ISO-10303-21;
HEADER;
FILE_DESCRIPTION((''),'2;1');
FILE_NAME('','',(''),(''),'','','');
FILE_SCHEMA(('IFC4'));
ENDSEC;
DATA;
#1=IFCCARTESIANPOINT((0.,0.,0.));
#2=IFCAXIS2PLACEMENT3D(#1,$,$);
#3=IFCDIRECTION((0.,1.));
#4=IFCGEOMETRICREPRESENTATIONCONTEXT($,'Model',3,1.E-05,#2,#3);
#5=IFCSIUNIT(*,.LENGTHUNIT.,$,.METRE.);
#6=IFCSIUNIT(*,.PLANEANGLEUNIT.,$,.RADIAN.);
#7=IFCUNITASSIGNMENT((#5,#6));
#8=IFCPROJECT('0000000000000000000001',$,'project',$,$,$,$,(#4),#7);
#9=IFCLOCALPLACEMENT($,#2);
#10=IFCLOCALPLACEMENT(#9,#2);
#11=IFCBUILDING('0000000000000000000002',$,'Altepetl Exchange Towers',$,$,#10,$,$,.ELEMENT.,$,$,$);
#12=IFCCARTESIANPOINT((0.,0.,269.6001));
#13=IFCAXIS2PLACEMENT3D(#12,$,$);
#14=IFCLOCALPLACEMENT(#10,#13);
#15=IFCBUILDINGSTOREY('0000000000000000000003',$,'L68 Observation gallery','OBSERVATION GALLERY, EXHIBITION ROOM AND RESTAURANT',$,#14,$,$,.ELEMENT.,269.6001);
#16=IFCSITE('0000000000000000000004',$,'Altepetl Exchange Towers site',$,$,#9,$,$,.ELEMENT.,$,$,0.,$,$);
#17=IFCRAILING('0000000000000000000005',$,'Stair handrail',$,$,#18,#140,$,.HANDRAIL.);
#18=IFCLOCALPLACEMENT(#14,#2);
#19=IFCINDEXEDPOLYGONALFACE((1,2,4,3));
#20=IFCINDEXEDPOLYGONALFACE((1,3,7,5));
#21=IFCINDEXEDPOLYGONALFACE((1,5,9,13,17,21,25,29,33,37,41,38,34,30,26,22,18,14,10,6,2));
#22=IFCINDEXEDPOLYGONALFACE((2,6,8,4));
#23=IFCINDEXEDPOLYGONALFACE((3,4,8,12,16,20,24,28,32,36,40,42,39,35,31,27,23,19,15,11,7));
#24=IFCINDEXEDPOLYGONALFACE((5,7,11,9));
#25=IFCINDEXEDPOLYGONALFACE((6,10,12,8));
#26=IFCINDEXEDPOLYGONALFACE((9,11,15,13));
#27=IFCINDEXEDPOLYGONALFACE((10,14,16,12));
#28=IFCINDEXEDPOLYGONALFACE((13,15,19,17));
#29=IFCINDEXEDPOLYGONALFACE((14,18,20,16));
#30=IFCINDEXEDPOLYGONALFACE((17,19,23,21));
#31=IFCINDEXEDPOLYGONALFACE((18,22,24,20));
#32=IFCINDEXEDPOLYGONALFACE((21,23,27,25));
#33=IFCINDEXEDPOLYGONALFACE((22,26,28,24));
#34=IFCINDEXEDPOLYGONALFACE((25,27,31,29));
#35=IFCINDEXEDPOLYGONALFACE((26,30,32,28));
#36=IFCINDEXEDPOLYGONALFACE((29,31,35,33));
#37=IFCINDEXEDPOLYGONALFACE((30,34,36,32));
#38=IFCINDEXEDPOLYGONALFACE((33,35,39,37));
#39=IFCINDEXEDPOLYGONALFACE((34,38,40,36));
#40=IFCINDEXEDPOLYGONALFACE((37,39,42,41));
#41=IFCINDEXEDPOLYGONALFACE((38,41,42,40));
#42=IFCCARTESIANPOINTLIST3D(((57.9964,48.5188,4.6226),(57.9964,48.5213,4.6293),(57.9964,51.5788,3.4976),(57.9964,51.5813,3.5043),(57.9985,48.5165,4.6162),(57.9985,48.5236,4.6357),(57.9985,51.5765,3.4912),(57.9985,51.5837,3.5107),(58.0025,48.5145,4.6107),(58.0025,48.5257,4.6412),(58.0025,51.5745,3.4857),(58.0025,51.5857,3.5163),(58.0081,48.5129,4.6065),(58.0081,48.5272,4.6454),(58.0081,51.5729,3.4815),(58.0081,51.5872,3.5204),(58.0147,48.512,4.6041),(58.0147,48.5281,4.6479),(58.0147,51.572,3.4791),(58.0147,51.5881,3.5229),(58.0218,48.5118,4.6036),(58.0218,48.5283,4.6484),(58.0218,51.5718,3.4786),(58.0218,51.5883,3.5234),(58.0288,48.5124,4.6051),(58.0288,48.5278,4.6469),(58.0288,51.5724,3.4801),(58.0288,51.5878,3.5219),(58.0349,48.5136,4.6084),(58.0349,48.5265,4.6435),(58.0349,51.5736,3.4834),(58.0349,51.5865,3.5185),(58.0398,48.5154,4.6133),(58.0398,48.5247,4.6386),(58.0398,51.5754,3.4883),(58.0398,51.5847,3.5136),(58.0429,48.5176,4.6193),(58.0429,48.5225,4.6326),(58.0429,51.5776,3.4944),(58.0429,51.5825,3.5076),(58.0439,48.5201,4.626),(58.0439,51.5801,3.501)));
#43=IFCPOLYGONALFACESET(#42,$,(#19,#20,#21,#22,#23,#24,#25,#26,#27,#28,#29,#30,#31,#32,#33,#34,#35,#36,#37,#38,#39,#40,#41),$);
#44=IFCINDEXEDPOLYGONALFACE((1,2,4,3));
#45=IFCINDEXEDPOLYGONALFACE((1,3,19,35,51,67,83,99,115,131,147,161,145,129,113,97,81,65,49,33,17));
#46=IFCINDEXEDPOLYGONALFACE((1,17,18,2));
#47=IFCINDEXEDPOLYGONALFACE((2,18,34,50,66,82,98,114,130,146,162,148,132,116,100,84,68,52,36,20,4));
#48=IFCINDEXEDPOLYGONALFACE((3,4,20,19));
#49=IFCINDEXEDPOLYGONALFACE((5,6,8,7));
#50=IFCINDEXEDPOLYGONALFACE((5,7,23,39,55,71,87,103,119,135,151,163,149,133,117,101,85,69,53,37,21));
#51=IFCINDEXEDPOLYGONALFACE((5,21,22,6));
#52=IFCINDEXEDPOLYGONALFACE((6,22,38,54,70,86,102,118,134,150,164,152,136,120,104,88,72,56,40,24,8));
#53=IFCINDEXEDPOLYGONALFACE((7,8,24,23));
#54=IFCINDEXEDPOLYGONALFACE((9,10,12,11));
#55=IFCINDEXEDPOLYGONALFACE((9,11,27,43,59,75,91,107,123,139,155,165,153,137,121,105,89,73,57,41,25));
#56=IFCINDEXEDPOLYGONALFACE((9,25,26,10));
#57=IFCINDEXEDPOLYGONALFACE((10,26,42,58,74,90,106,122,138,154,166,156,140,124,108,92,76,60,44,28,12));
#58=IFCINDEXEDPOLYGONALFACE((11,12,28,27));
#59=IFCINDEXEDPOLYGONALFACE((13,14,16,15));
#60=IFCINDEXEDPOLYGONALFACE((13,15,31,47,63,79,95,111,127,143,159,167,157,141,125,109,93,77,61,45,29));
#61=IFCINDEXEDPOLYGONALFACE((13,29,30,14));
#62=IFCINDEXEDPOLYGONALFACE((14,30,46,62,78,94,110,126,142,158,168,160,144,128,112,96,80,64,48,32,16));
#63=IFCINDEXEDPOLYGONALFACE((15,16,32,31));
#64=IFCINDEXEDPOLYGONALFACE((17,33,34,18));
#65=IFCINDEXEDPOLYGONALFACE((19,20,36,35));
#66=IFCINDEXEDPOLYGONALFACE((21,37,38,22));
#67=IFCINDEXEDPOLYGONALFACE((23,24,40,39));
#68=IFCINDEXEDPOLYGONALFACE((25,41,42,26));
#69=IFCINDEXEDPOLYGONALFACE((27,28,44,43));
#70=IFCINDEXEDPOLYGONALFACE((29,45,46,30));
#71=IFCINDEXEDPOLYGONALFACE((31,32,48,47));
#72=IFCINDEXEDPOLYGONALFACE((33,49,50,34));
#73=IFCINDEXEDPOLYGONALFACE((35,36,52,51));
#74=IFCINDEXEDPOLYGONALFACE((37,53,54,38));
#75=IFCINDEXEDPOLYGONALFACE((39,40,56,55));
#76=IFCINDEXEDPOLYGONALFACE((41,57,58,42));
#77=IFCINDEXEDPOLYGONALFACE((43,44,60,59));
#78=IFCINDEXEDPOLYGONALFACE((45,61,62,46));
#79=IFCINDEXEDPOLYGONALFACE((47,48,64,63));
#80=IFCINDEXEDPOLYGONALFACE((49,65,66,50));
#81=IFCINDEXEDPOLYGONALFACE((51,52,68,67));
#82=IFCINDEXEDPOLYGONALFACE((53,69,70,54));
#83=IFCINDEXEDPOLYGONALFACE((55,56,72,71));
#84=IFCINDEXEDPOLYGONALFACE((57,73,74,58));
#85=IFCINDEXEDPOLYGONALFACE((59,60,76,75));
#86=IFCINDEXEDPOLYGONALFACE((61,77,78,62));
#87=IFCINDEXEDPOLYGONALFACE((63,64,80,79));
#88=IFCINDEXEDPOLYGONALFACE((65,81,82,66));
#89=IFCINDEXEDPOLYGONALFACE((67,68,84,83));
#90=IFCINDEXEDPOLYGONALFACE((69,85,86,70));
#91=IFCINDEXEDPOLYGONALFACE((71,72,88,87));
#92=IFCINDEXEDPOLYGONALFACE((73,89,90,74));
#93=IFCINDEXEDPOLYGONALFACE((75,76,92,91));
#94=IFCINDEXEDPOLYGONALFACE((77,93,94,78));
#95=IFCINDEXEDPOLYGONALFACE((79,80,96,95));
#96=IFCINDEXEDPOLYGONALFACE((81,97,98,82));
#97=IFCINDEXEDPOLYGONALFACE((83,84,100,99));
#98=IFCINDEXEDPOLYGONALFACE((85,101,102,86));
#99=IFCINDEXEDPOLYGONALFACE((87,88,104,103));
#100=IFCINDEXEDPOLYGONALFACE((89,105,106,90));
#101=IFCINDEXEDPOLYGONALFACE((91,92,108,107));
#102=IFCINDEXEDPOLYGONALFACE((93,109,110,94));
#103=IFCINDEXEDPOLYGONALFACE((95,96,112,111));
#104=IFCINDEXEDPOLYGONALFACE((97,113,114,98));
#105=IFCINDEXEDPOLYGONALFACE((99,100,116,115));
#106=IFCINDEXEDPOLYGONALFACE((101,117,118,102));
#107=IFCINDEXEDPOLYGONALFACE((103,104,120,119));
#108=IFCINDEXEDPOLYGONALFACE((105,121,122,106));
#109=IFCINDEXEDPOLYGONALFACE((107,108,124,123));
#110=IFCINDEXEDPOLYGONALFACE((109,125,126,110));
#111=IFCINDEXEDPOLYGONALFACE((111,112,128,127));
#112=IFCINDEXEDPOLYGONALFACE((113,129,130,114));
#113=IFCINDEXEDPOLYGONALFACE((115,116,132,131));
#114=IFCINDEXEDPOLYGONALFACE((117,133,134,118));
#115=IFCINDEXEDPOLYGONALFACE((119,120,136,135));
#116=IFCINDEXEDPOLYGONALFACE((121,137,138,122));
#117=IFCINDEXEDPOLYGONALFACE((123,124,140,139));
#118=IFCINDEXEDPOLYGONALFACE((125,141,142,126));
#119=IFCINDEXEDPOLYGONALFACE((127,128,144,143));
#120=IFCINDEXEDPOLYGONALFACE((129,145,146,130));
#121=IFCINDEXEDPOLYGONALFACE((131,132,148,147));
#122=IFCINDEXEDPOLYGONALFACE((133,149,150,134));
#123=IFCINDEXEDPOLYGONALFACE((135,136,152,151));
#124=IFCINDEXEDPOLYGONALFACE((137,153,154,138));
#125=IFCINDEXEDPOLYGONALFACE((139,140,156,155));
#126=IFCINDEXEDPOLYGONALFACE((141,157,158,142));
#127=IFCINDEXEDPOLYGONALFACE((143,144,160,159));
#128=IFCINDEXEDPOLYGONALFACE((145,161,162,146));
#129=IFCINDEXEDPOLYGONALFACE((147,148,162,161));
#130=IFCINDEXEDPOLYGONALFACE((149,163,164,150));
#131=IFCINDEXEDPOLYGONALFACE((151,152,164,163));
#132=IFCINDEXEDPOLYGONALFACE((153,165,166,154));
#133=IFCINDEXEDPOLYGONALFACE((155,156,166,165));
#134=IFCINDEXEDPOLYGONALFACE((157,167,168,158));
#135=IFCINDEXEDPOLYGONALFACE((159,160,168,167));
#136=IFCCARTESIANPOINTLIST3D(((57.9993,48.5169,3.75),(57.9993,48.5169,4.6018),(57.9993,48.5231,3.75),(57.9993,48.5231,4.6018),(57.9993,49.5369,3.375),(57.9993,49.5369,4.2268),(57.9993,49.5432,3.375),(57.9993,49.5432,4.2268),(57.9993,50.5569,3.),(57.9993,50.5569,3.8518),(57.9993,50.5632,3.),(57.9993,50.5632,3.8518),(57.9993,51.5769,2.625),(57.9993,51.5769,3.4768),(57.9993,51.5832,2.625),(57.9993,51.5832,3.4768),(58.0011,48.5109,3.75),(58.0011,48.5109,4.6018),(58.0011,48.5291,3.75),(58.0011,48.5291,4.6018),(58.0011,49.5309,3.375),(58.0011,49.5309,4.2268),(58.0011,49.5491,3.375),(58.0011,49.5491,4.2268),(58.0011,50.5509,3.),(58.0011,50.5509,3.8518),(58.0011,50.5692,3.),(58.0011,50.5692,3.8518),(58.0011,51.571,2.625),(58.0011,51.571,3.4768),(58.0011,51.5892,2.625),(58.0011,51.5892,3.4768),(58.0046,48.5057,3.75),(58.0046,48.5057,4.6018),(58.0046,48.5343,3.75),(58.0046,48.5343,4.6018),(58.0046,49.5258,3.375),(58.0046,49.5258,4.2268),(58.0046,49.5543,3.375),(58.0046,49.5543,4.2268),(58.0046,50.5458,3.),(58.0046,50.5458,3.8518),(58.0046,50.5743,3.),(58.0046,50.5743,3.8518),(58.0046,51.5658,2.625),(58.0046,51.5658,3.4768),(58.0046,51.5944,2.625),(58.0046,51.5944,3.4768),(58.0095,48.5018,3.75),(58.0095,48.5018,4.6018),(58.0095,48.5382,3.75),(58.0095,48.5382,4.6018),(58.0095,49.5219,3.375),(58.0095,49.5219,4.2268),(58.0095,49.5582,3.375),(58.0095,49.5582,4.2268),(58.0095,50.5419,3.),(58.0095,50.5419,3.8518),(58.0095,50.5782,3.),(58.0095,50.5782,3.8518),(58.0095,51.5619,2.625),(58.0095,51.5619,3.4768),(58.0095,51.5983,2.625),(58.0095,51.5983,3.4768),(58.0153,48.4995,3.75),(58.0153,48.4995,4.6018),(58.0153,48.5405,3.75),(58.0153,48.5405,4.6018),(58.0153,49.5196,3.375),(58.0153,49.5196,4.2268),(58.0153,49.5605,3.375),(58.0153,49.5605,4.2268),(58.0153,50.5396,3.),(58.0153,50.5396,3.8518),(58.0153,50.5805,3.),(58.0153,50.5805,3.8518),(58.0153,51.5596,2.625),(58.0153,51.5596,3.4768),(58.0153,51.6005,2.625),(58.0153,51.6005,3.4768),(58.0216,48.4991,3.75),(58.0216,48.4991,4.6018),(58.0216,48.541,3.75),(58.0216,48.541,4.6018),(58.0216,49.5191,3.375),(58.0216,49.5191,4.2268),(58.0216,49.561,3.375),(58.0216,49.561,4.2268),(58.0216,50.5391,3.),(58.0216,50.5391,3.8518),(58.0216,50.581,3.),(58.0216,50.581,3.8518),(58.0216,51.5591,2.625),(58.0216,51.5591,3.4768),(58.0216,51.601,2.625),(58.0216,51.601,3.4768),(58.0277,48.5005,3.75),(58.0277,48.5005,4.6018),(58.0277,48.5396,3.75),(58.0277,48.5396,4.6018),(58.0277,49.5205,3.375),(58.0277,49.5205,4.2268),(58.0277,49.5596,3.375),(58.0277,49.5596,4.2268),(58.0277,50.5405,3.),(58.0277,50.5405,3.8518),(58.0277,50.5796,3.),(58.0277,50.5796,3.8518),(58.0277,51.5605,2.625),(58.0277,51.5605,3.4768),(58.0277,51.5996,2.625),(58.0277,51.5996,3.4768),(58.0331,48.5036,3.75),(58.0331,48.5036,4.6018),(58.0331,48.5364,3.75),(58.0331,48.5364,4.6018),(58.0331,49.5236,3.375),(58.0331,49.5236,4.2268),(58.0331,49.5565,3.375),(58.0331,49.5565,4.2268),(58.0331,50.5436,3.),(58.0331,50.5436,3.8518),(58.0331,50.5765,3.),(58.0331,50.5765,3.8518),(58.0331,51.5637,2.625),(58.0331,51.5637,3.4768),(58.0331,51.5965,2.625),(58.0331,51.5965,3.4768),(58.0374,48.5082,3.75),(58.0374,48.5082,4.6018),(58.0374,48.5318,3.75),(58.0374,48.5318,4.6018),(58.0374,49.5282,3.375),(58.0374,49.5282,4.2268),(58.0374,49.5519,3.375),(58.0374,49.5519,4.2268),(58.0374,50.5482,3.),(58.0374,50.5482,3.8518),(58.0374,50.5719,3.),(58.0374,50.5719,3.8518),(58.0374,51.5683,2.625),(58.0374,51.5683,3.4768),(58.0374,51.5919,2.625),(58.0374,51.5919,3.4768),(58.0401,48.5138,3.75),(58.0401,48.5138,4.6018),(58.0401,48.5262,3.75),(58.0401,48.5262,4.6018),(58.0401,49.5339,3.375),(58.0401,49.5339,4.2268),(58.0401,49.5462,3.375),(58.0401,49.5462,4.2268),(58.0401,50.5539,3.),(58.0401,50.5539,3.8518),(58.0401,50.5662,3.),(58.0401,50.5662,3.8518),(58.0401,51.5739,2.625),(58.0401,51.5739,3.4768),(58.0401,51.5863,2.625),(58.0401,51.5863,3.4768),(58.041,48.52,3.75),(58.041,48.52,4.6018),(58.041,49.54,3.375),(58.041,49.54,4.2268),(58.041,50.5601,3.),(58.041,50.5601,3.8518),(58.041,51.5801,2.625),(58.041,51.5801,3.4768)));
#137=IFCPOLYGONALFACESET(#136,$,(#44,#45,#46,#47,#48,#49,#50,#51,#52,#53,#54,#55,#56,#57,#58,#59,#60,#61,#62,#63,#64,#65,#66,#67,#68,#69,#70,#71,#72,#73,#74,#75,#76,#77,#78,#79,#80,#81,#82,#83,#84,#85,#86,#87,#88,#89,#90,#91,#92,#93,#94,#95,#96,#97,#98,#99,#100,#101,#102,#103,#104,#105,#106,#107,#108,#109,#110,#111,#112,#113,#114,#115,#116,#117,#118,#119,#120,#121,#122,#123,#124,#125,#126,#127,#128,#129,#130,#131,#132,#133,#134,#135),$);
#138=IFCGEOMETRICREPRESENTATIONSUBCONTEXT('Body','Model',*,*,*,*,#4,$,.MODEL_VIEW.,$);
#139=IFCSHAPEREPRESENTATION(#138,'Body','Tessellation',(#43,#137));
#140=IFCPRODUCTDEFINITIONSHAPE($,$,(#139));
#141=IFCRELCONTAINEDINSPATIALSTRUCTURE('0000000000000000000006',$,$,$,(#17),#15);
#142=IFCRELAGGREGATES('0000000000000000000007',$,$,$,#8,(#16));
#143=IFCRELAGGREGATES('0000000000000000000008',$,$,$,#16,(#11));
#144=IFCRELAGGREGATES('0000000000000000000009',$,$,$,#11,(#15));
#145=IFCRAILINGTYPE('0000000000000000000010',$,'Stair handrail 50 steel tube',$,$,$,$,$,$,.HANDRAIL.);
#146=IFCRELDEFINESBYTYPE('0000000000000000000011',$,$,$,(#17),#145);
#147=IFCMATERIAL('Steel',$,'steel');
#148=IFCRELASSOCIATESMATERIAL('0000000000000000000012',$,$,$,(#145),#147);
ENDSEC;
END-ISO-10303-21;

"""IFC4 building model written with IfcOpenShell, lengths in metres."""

from ifc_helpers import new_model, si_unit, direction, frame, origin, origin_2d, place, context, subcontext, project, spatial, circle, extrude, source, transform, mapped, material, type_object, element, save


model = new_model("IFC4")

# Units and contexts
model_context = context("Model", 3, precision=1e-05, world=origin(), true_north=direction((0.0, 1.0)))
body_context = subcontext(model_context, "Body", "Model", "MODEL_VIEW")
ifc_project = project(units=[si_unit("LENGTHUNIT", "METRE"), si_unit("PLANEANGLEUNIT", "RADIAN")], contexts=[model_context])

# Site, building, storey
site_placement = place(None, origin())
site = spatial("IfcSite", under=ifc_project, at=site_placement, Name="Altepetl Exchange Towers site", CompositionType="ELEMENT", RefElevation=0.0)
building_placement = place(site_placement, origin())
building = spatial("IfcBuilding", under=site, at=building_placement, Name="Altepetl Exchange Towers", CompositionType="ELEMENT")
storey_placement = place(building_placement, frame((0.0, 0.0, 269.6001)))
storey = spatial("IfcBuildingStorey", under=building, at=storey_placement, Name="L68 Observation gallery", Description="OBSERVATION GALLERY, EXHIBITION ROOM AND RESTAURANT", CompositionType="ELEMENT", Elevation=269.6001)

# Railing
ifc_material_1 = material(Name="Steel", Category="steel")
railing_type = type_object("IfcRailingType", Name="Stair handrail 50 steel tube", PredefinedType="HANDRAIL", material=ifc_material_1)
shared_shape = source(origin(), body_context, "Body", "SweptSolid", [
    extrude(circle(Radius=0.021, at=origin_2d()), origin(), (0.0, 0.0, 1.0), 0.8518),
])
for number, where, name in (
    (1, (58.02, 51.5801, 2.625), "Stair handrail"),
):
    element("IfcRailing", number, at=place(storey_placement, frame(where)), inside=storey, type_object=railing_type, Name=name, PredefinedType="HANDRAIL", context=body_context, shape_type="SweptSolid", body=[
        extrude(circle(Radius=0.0239, at=origin_2d()), frame((0.0, 0.0, 0.876), z_axis=(0.0, -0.938581, 0.34506), x_axis=(1.0, 0.0, 0.0)), (0.0, 0.0, 1.0), 3.2603),
        mapped(shared_shape, transform((0.0, 0.0, 0.0))),
        mapped(shared_shape, transform((0.0, -1.02, 0.375))),
        mapped(shared_shape, transform((0.0, -2.04, 0.75))),
        mapped(shared_shape, transform((0.0, -3.0601, 1.125))),
    ])

save(model, "model.ifc")
